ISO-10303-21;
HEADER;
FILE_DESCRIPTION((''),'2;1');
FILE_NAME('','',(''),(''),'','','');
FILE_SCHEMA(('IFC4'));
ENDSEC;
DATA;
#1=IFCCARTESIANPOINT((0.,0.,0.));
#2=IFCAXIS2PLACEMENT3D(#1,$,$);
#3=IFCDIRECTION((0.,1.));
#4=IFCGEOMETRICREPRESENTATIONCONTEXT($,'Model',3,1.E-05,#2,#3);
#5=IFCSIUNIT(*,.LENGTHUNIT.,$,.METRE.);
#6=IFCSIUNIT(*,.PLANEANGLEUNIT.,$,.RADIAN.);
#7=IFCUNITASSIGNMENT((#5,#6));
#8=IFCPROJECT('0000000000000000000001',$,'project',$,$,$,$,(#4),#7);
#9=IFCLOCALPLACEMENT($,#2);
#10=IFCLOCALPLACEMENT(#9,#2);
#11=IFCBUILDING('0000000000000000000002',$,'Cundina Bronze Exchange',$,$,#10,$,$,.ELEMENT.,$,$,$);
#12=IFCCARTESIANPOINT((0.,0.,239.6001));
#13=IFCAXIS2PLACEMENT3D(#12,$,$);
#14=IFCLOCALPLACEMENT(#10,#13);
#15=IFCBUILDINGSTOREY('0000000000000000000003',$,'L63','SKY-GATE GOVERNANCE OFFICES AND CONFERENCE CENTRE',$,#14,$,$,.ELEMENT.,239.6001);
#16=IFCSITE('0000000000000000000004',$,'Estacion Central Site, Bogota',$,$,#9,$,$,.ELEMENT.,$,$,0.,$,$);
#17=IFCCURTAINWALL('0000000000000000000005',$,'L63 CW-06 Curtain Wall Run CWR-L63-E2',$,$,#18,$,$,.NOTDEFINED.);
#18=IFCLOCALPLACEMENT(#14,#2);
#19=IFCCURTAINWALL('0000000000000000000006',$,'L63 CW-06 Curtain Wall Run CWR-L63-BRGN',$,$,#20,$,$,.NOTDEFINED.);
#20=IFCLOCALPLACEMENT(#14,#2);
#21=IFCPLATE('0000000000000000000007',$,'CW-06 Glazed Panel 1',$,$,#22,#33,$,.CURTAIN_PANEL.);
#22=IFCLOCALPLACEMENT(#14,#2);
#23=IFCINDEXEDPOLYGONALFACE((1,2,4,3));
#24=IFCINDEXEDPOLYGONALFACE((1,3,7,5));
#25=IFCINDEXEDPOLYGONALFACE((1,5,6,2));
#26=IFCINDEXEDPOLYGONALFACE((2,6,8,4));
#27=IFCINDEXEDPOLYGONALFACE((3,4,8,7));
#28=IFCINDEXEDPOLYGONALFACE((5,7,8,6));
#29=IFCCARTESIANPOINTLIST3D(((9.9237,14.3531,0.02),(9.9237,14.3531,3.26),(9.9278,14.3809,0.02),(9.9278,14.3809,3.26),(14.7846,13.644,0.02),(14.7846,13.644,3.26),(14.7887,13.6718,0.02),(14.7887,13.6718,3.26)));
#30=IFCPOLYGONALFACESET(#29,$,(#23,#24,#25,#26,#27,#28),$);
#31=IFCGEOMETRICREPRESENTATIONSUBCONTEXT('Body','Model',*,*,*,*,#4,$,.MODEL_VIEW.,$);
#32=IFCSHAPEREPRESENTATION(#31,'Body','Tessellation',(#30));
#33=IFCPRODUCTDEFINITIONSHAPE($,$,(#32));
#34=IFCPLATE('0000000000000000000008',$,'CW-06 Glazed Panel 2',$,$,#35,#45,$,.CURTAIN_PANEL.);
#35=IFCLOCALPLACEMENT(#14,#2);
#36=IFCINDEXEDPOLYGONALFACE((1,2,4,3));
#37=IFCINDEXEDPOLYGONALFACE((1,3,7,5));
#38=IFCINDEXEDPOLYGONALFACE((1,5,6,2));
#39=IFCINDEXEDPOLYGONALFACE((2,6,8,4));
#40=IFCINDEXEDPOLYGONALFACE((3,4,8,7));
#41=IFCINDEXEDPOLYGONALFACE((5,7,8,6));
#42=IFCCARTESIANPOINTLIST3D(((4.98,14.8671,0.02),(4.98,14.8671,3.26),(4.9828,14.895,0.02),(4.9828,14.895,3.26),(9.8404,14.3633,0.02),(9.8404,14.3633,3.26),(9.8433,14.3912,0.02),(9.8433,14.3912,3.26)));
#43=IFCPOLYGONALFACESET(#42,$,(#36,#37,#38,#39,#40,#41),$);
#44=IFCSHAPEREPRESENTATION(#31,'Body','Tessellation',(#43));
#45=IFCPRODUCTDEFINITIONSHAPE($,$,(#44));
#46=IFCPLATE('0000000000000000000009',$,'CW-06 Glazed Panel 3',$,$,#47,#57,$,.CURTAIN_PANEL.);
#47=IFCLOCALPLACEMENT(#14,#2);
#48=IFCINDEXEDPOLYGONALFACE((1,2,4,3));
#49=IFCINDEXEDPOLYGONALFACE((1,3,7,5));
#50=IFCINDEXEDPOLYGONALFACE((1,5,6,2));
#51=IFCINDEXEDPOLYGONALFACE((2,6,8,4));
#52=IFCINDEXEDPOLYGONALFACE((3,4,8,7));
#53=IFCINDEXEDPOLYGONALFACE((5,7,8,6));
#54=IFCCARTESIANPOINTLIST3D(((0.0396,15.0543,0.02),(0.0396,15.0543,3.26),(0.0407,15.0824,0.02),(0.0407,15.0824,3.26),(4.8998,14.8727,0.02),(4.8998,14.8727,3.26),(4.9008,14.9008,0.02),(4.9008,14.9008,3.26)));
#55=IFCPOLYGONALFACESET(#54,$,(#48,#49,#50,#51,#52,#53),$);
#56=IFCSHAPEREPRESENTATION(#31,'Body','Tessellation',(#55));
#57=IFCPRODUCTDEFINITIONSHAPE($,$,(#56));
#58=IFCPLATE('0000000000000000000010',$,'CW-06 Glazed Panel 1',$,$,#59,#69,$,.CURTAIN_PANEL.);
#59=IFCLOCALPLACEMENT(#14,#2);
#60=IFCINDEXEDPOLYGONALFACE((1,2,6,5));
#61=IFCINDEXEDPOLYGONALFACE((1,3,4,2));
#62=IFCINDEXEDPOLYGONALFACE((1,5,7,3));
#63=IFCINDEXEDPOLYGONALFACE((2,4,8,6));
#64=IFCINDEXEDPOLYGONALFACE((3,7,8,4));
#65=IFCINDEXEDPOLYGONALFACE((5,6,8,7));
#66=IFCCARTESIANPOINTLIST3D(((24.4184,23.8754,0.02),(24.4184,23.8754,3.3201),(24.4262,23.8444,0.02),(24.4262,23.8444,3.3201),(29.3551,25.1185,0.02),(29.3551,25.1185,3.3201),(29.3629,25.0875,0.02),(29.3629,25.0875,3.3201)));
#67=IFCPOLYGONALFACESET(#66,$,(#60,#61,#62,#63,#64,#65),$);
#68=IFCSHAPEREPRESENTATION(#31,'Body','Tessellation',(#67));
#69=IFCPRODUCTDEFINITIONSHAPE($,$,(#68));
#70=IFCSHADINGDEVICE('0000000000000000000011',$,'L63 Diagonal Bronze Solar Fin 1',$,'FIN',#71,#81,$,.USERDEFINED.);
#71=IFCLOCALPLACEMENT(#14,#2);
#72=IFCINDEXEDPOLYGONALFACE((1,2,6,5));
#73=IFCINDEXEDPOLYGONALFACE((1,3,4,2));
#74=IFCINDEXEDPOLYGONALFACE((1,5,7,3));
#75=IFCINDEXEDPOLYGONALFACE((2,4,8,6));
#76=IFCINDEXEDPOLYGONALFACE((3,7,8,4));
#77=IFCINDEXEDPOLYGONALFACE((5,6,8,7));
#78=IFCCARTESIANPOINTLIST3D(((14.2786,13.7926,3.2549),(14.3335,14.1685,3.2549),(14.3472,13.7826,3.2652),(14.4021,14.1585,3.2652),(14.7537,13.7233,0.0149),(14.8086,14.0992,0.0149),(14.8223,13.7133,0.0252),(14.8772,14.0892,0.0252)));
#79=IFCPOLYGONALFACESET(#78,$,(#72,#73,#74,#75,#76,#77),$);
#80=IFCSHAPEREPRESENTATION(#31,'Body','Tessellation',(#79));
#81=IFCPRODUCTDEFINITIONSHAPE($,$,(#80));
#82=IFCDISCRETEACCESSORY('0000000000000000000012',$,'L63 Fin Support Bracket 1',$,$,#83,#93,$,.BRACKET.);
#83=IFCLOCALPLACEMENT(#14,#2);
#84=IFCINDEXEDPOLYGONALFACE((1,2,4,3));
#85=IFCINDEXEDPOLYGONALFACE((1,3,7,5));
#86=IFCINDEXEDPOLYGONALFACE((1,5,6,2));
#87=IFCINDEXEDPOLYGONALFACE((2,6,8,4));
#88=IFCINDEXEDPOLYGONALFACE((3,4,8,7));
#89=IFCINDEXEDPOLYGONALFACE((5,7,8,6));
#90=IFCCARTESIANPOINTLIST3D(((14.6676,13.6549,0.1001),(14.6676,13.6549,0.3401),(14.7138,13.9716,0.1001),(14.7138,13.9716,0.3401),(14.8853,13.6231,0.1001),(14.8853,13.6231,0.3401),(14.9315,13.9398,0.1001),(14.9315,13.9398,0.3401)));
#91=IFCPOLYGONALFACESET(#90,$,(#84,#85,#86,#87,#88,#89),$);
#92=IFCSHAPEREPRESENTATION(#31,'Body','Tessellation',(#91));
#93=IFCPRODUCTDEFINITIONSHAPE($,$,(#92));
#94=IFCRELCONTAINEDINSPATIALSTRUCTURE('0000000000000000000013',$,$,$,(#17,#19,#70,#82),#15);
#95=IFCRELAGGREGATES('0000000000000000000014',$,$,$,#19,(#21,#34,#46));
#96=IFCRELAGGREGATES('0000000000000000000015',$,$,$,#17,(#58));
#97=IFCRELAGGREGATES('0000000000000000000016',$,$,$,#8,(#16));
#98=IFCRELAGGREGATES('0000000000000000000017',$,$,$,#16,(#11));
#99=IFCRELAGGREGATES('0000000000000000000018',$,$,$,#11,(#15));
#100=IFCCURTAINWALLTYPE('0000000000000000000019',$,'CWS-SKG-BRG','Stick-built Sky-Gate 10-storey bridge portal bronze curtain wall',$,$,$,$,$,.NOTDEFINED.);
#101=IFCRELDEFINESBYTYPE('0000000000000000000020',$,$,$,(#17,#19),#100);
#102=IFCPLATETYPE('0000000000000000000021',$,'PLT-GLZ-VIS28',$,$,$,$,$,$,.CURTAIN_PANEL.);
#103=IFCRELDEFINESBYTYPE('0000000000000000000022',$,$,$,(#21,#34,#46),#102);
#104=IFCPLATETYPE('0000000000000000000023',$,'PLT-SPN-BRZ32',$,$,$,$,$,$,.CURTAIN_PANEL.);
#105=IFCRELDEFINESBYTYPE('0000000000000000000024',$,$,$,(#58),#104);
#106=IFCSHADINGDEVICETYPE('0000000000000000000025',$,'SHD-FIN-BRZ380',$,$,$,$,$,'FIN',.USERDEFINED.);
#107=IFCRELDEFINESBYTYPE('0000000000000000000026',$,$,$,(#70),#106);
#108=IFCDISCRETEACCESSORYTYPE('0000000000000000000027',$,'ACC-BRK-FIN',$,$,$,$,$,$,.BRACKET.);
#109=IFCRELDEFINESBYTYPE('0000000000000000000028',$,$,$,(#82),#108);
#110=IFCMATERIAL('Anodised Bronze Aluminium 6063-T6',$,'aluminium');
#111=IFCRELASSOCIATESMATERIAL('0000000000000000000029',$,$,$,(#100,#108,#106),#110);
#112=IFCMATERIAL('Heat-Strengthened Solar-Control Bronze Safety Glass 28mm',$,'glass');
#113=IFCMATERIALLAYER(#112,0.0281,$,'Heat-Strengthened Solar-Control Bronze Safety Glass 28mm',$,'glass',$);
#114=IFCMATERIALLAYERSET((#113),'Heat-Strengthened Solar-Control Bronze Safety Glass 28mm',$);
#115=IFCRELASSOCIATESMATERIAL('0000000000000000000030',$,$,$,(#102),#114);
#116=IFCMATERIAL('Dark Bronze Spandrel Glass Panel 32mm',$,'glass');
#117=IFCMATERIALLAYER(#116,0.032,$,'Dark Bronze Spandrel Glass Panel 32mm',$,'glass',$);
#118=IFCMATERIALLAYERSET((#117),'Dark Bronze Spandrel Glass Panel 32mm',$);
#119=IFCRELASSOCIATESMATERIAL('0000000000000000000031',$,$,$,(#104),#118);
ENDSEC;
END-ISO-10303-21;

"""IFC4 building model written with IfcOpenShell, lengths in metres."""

from ifc_helpers import new_model, si_unit, direction, frame, origin, origin_2d, place, context, subcontext, project, spatial, rectangle, extrude, material, layer, layer_set, material_profile, profile_set, type_object, element, aggregate, save


model = new_model("IFC4")

# Units and contexts
model_context = context("Model", 3, precision=1e-05, world=origin(), true_north=direction((0.0, 1.0)))
body_context = subcontext(model_context, "Body", "Model", "MODEL_VIEW")
ifc_project = project(units=[si_unit("LENGTHUNIT", "METRE"), si_unit("PLANEANGLEUNIT", "RADIAN")], contexts=[model_context])

# Site, building, storey
site_placement = place(None, origin())
site = spatial("IfcSite", under=ifc_project, at=site_placement, Name="Estacion Central Site, Bogota", CompositionType="ELEMENT", RefElevation=0.0)
building_placement = place(site_placement, origin())
building = spatial("IfcBuilding", under=site, at=building_placement, Name="Cundina Bronze Exchange", CompositionType="ELEMENT")
storey_placement = place(building_placement, frame((0.0, 0.0, 239.6001)))
storey = spatial("IfcBuildingStorey", under=building, at=storey_placement, Name="L63", Description="SKY-GATE GOVERNANCE OFFICES AND CONFERENCE CENTRE", CompositionType="ELEMENT", Elevation=239.6001)

# Curtain walls
ifc_material_1 = material(Name="Anodised Bronze Aluminium 6063-T6", Category="aluminium")
curtain_wall_type = type_object("IfcCurtainWallType", Name="CWS-SKG-BRG", Description="Stick-built Sky-Gate 10-storey bridge portal bronze curtain wall", PredefinedType="NOTDEFINED", material=ifc_material_1)
curtain_wall_1_placement = place(storey_placement, origin())
curtain_wall_1 = element("IfcCurtainWall", 1, at=curtain_wall_1_placement, inside=storey, type_object=curtain_wall_type, Name="L63 CW-06 Curtain Wall Run CWR-L63-E2", PredefinedType="NOTDEFINED")
curtain_wall_2_placement = place(storey_placement, origin())
curtain_wall_2 = element("IfcCurtainWall", 2, at=curtain_wall_2_placement, inside=storey, type_object=curtain_wall_type, Name="L63 CW-06 Curtain Wall Run CWR-L63-BRGN", PredefinedType="NOTDEFINED")

# Plates
ifc_material_2 = material(Name="Heat-Strengthened Solar-Control Bronze Safety Glass 28mm", Category="glass")
ifc_layer_1 = layer(ifc_material_2, 0.0281, Name="Heat-Strengthened Solar-Control Bronze Safety Glass 28mm", Category="glass")
ifc_layer_set_1 = layer_set([ifc_layer_1], Name="Heat-Strengthened Solar-Control Bronze Safety Glass 28mm")
plate_type_1 = type_object("IfcPlateType", Name="PLT-GLZ-VIS28", PredefinedType="CURTAIN_PANEL", material=ifc_layer_set_1)
plate_1_placement = place(storey_placement, frame((12.3562, 14.0125, 0.02), z_axis=(0.0, 0.0, 1.0), x_axis=(-0.989528, 0.144339, 0.0)))
plate_1 = element("IfcPlate", 3, at=plate_1_placement, type_object=plate_type_1, Name="CW-06 Glazed Panel 1", PredefinedType="CURTAIN_PANEL", context=body_context, shape_type="SweptSolid", body=[
    extrude(rectangle(XDim=4.9124, YDim=0.0281, at=origin_2d()), origin(), (0.0, 0.0, 1.0), 3.24),
])
plate_2_placement = place(storey_placement, frame((7.4116, 14.6292, 0.02), z_axis=(0.0, 0.0, 1.0), x_axis=(-0.994672, 0.103088, 0.0)))
plate_2 = element("IfcPlate", 4, at=plate_2_placement, type_object=plate_type_1, Name="CW-06 Glazed Panel 2", PredefinedType="CURTAIN_PANEL", context=body_context, shape_type="SweptSolid", body=[
    extrude(rectangle(XDim=4.8865, YDim=0.0281, at=origin_2d()), origin(), (0.0, 0.0, 1.0), 3.24),
])
plate_3_placement = place(storey_placement, frame((2.4702, 14.9775, 0.02), z_axis=(0.0, 0.0, 1.0), x_axis=(-0.999303, 0.037341, 0.0)))
plate_3 = element("IfcPlate", 5, at=plate_3_placement, type_object=plate_type_1, Name="CW-06 Glazed Panel 3", PredefinedType="CURTAIN_PANEL", context=body_context, shape_type="SweptSolid", body=[
    extrude(rectangle(XDim=4.8635, YDim=0.0281, at=origin_2d()), origin(), (0.0, 0.0, 1.0), 3.24),
])
aggregate(curtain_wall_2, [plate_1, plate_2, plate_3])
ifc_material_3 = material(Name="Dark Bronze Spandrel Glass Panel 32mm", Category="glass")
ifc_layer_2 = layer(ifc_material_3, 0.032, Name="Dark Bronze Spandrel Glass Panel 32mm", Category="glass")
ifc_layer_set_2 = layer_set([ifc_layer_2], Name="Dark Bronze Spandrel Glass Panel 32mm")
plate_type_2 = type_object("IfcPlateType", Name="PLT-SPN-BRZ32", PredefinedType="CURTAIN_PANEL", material=ifc_layer_set_2)
plate_4_placement = place(storey_placement, frame((26.8906, 24.4814, 0.02), z_axis=(0.0, 0.0, 1.0), x_axis=(-0.969732, -0.244174, 0.0)))
plate_4 = element("IfcPlate", 6, at=plate_4_placement, type_object=plate_type_2, Name="CW-06 Glazed Panel 1", PredefinedType="CURTAIN_PANEL", context=body_context, shape_type="SweptSolid", body=[
    extrude(rectangle(XDim=5.0908, YDim=0.032, at=origin_2d()), origin(), (0.0, 0.0, 1.0), 3.3),
])
aggregate(curtain_wall_1, [plate_4])

# Shading device
ifc_material_profile_1 = material_profile(ifc_material_1, rectangle(XDim=0.0701, YDim=0.3799, at=origin_2d()), Name="FIN70X380", Category="aluminium")
ifc_profile_set_1 = profile_set([ifc_material_profile_1], Name="Anodised Bronze Aluminium 6063-T6")
shading_device_type = type_object("IfcShadingDeviceType", Name="SHD-FIN-BRZ380", ElementType="FIN", PredefinedType="USERDEFINED", material=ifc_profile_set_1)
shading_device_placement = place(storey_placement, frame((14.8154, 13.9062, 0.02), z_axis=(-0.145052, 0.021169, 0.989198), x_axis=(0.978829, -0.142851, 0.146588)))
element("IfcShadingDevice", 7, at=shading_device_placement, inside=storey, type_object=shading_device_type, Name="L63 Diagonal Bronze Solar Fin 1", ObjectType="FIN", PredefinedType="USERDEFINED", context=body_context, shape_type="SweptSolid", body=[
    extrude(rectangle(XDim=0.0701, YDim=0.3799, at=origin_2d()), origin(), (0.0, 0.0, 1.0), 3.2754),
])

# Discrete accessory
discrete_accessory_type = type_object("IfcDiscreteAccessoryType", Name="ACC-BRK-FIN", PredefinedType="BRACKET", material=ifc_material_1)
discrete_accessory_placement = place(storey_placement, frame((14.7996, 13.7974, 0.1001), z_axis=(0.0, 0.0, 1.0), x_axis=(-0.989528, 0.144339, 0.0)))
element("IfcDiscreteAccessory", 8, at=discrete_accessory_placement, inside=storey, type_object=discrete_accessory_type, Name="L63 Fin Support Bracket 1", PredefinedType="BRACKET", context=body_context, shape_type="SweptSolid", body=[
    extrude(rectangle(XDim=0.22, YDim=0.3201, at=origin_2d()), origin(), (0.0, 0.0, 1.0), 0.24),
])

save(model, "model.ifc")
